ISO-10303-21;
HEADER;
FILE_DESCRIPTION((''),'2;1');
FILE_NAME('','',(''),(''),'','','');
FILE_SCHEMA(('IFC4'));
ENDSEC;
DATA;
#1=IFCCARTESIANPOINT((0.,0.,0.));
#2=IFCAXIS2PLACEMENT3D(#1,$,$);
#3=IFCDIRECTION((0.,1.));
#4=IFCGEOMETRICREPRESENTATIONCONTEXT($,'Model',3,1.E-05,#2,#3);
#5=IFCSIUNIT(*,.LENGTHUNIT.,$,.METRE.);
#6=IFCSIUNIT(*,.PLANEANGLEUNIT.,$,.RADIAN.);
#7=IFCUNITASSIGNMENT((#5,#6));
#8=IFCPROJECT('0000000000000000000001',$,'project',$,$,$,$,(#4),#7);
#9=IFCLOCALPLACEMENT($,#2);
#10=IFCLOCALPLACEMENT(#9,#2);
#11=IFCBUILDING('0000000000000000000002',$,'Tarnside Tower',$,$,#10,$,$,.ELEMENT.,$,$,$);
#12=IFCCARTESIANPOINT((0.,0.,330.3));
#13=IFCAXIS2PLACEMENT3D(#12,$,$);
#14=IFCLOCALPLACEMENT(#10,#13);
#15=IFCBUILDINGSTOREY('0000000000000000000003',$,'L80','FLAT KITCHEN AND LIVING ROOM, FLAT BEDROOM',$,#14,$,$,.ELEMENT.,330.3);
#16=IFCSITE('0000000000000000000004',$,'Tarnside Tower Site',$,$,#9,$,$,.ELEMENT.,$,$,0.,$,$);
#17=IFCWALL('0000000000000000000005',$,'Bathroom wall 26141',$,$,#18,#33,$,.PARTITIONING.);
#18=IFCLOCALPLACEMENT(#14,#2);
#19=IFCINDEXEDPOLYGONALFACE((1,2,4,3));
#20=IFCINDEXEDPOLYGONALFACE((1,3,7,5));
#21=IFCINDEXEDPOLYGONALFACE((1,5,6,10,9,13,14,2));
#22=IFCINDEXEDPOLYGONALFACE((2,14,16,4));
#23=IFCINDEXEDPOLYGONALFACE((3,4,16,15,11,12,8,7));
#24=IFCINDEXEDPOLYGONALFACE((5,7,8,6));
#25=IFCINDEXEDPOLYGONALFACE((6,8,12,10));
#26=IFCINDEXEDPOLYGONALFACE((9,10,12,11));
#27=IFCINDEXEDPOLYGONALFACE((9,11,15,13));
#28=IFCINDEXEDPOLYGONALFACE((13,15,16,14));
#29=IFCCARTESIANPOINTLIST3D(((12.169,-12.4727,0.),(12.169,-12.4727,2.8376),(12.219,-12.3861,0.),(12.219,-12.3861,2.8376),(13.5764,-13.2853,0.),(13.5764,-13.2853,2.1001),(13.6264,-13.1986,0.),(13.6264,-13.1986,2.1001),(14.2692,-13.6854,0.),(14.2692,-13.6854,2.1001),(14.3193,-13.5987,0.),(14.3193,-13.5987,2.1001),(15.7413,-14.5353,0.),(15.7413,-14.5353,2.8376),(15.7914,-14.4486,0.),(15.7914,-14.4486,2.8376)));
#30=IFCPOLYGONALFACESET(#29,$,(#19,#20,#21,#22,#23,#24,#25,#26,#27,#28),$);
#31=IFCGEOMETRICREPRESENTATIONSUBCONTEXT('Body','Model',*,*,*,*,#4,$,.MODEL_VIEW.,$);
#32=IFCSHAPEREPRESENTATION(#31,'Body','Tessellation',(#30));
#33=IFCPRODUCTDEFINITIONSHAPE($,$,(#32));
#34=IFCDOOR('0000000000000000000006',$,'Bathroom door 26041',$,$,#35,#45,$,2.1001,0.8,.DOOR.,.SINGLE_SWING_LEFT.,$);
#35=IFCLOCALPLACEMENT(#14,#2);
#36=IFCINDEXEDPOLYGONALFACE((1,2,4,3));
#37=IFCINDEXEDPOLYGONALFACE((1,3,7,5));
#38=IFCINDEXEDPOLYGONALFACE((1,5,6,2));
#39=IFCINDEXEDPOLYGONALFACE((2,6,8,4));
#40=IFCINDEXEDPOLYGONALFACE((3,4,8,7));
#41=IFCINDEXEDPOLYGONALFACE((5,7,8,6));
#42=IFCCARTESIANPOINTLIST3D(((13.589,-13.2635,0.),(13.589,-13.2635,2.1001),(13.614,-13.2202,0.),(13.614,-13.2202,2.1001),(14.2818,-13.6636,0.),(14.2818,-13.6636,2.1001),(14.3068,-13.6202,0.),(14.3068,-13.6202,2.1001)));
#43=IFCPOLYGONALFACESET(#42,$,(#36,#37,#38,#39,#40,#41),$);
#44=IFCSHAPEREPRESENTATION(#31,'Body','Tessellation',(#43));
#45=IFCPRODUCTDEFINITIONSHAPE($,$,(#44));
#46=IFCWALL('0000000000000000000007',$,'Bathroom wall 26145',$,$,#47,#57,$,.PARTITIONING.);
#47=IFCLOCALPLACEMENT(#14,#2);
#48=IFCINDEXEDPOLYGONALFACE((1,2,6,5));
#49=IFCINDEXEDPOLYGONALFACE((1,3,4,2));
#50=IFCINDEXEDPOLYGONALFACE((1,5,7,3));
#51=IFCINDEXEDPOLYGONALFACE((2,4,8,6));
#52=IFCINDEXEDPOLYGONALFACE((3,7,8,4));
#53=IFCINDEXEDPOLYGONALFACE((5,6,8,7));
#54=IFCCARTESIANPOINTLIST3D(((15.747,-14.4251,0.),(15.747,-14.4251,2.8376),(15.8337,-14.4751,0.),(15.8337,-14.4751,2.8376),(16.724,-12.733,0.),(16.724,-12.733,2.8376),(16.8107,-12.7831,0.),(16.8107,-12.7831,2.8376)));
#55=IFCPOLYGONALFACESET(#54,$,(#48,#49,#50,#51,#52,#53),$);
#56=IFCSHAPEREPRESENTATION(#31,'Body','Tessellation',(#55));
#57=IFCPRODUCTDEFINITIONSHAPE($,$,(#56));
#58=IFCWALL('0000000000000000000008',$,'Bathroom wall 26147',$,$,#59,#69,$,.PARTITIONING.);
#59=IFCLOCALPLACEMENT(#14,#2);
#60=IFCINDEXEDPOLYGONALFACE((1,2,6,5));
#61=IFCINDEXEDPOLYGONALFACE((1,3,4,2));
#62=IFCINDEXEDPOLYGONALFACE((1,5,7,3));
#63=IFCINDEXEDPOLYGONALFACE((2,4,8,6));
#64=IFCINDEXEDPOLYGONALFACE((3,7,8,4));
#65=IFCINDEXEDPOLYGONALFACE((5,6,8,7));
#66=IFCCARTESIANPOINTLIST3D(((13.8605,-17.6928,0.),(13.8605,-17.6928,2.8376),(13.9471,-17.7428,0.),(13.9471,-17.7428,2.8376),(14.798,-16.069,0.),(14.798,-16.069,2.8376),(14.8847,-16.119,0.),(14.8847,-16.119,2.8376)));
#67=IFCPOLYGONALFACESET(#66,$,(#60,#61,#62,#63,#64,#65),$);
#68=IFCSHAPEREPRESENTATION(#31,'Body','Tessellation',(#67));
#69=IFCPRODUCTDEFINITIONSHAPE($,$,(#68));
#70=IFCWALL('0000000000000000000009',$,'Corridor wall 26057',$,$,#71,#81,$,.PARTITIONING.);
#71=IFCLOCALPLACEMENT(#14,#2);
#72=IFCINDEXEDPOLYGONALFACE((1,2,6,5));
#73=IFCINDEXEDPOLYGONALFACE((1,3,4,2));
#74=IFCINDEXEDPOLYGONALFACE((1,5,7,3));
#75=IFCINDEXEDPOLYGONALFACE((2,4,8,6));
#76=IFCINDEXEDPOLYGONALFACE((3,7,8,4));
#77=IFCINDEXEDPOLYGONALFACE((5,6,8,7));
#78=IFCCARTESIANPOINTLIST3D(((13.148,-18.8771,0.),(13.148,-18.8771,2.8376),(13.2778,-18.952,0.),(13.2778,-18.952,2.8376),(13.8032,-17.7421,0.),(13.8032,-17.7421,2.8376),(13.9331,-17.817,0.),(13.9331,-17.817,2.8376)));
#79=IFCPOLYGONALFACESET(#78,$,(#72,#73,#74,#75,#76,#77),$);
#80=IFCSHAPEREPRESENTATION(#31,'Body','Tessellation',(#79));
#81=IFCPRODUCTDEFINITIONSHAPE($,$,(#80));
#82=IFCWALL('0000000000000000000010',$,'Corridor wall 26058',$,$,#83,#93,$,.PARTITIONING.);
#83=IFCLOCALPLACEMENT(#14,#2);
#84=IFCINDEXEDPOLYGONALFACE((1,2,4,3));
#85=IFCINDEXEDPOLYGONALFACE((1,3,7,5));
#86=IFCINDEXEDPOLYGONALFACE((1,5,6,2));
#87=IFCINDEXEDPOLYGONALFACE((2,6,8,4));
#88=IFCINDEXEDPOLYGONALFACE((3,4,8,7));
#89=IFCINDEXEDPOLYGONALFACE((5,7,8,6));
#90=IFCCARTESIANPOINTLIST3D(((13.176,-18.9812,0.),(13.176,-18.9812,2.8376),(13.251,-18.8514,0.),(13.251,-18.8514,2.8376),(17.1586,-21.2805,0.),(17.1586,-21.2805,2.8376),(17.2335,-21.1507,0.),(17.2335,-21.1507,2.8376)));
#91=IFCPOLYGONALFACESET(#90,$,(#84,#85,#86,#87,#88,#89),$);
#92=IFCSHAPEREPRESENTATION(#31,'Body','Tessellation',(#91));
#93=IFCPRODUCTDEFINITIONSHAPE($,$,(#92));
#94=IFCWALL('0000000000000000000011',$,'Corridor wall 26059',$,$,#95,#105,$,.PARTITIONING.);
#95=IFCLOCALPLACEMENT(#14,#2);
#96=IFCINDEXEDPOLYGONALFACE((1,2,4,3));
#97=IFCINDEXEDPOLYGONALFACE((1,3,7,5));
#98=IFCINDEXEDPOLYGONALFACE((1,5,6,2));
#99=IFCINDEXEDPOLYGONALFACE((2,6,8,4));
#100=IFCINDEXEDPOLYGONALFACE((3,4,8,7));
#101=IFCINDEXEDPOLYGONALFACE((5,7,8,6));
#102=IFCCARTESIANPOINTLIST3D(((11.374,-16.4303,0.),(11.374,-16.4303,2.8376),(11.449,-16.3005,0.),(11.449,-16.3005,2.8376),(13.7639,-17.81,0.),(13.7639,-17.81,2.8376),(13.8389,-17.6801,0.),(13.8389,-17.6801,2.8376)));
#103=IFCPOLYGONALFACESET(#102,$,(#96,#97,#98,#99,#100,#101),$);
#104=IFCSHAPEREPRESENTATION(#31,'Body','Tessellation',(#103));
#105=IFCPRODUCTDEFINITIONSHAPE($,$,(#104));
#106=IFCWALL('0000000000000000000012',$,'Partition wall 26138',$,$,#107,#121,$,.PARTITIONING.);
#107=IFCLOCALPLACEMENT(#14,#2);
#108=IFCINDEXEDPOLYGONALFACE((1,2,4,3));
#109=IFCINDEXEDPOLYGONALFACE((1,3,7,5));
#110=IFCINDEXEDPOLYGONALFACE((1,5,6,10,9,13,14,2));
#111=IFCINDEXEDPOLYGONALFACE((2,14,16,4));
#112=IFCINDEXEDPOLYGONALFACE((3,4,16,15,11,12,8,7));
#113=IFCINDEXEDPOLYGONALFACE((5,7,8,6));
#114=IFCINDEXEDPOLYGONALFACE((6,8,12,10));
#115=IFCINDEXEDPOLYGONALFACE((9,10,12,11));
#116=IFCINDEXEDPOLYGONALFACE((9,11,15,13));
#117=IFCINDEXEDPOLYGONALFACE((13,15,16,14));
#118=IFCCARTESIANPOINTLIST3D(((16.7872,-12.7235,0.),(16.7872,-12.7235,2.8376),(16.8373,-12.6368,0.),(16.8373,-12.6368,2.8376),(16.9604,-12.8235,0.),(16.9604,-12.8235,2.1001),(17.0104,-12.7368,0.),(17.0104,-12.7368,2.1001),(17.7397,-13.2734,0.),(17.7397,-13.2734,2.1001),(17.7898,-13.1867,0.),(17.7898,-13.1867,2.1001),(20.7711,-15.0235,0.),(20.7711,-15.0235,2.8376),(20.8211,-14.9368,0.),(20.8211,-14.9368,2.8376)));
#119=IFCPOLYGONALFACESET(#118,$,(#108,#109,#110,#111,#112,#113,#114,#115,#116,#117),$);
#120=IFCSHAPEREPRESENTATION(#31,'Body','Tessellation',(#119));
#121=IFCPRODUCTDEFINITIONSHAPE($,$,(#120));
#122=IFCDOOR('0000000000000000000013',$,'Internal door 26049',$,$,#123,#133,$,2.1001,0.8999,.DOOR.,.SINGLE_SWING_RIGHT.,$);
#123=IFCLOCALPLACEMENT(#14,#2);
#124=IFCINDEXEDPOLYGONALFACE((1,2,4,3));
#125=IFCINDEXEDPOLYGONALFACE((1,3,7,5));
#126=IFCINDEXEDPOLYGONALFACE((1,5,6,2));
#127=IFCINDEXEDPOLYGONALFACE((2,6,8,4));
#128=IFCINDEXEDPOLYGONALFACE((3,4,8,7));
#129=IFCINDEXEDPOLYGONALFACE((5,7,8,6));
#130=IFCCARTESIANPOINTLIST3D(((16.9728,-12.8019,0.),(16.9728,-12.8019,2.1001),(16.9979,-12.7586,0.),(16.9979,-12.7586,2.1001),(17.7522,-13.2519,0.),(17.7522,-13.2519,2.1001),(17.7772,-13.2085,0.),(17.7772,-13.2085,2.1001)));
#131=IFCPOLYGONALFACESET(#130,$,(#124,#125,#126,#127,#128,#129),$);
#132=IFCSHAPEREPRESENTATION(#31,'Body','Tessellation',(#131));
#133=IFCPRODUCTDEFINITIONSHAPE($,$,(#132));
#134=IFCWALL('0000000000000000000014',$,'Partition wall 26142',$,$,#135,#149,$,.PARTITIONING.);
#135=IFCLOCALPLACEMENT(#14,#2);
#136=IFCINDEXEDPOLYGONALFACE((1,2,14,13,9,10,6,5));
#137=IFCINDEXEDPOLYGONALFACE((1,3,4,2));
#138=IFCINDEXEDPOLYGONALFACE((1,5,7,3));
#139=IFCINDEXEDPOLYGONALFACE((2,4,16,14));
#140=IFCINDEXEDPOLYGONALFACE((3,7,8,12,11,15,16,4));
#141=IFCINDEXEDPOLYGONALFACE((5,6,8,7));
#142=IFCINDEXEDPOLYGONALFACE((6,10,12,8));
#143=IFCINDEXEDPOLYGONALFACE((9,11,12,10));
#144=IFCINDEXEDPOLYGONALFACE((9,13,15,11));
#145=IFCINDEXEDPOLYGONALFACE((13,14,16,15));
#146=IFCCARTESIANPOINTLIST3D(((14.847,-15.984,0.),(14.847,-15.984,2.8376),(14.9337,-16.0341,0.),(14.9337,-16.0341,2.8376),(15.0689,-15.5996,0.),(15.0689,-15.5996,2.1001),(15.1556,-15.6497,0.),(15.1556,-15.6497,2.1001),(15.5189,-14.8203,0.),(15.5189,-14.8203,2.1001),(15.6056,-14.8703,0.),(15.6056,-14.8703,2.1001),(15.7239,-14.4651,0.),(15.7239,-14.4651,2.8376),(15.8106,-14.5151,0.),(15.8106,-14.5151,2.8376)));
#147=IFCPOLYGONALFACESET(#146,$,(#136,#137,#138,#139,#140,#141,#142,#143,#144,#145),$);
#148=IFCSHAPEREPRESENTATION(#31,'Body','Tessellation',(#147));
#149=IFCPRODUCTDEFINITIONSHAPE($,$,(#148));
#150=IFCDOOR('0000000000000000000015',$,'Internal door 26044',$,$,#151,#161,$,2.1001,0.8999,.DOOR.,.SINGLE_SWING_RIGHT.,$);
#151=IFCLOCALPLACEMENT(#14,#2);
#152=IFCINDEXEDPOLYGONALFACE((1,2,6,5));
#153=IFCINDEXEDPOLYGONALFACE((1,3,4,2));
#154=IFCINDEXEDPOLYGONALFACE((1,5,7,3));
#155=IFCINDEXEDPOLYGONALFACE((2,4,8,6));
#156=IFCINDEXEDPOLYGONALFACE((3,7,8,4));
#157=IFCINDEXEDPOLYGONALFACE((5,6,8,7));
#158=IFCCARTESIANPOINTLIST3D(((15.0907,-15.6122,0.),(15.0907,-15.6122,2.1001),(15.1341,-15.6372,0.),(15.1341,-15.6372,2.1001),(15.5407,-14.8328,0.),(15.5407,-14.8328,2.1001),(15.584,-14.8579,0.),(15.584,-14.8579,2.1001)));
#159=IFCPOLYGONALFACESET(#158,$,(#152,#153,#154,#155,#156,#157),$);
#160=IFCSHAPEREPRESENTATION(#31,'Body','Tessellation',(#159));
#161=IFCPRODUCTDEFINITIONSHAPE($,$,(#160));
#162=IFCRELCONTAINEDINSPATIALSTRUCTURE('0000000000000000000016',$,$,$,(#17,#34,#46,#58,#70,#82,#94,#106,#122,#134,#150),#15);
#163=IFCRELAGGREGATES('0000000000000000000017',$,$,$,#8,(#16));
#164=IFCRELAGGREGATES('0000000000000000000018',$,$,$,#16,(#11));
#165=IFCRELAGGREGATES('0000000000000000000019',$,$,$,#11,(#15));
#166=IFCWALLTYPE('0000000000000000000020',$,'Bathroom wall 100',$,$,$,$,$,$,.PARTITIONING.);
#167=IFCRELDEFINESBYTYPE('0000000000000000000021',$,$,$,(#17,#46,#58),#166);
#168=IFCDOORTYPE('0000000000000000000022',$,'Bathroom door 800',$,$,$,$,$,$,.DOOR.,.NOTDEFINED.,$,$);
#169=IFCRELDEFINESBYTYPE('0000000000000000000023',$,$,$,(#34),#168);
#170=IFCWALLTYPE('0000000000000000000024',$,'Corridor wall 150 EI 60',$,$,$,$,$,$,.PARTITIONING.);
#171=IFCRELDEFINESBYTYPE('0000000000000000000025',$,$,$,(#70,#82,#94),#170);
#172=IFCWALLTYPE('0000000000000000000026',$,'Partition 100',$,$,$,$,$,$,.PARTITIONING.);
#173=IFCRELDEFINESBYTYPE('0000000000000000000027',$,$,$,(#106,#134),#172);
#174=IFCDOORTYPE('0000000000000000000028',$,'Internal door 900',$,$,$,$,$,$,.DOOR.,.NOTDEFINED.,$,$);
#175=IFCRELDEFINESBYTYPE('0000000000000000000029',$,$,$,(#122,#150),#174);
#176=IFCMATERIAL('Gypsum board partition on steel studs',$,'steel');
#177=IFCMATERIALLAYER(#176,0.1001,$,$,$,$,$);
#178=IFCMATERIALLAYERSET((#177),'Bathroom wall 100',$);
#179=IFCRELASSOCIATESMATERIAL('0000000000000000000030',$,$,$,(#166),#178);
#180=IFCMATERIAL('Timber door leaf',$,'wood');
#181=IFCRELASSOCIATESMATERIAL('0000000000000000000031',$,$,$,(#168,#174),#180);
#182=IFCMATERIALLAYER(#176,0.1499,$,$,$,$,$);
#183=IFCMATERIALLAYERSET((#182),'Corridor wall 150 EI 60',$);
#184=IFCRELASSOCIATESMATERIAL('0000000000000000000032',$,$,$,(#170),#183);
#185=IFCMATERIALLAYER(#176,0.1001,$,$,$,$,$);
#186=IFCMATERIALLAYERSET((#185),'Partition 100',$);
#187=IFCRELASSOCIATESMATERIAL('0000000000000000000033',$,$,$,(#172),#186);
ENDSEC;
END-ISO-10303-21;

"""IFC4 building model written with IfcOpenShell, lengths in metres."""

from ifc_helpers import new_model, si_unit, direction, frame, frame_2d, origin, place, context, subcontext, project, spatial, rectangle, extrude, material, layer, layer_set, type_object, element, fill, save


model = new_model("IFC4")

# Units and contexts
model_context = context("Model", 3, precision=1e-05, world=origin(), true_north=direction((0.0, 1.0)))
body_context = subcontext(model_context, "Body", "Model", "MODEL_VIEW")
ifc_project = project(units=[si_unit("LENGTHUNIT", "METRE"), si_unit("PLANEANGLEUNIT", "RADIAN")], contexts=[model_context])

# Site, building, storey
site_placement = place(None, origin())
site = spatial("IfcSite", under=ifc_project, at=site_placement, Name="Tarnside Tower Site", CompositionType="ELEMENT", RefElevation=0.0)
building_placement = place(site_placement, origin())
building = spatial("IfcBuilding", under=site, at=building_placement, Name="Tarnside Tower", CompositionType="ELEMENT")
storey_placement = place(building_placement, frame((0.0, 0.0, 330.3)))
storey = spatial("IfcBuildingStorey", under=building, at=storey_placement, Name="L80", Description="FLAT KITCHEN AND LIVING ROOM, FLAT BEDROOM", CompositionType="ELEMENT", Elevation=330.3)

# Wall, opening, door
ifc_material_1 = material(Name="Gypsum board partition on steel studs", Category="steel")
ifc_layer_1 = layer(ifc_material_1, 0.1001)
ifc_layer_set_1 = layer_set([ifc_layer_1], Name="Bathroom wall 100")
wall_type_1 = type_object("IfcWallType", Name="Bathroom wall 100", PredefinedType="PARTITIONING", material=ifc_layer_set_1)
wall_1_placement = place(storey_placement, frame((15.7664, -14.4919, 0.0), z_axis=(0.0, 0.0, 1.0), x_axis=(-0.86602, 0.500009, 0.0)))
wall_1 = element("IfcWall", 1, at=wall_1_placement, inside=storey, type_object=wall_type_1, Name="Bathroom wall 26141", PredefinedType="PARTITIONING", context=body_context, shape_type="SweptSolid", body=[
    extrude(rectangle(XDim=4.125, YDim=0.1001, at=frame_2d((2.0625, 0.0))), origin(), (0.0, 0.0, 1.0), 2.8376),
])
opening_1_placement = place(wall_1_placement, frame((1.7, 0.0, 0.0)))
opening_1 = element("IfcOpeningElement", 2, at=opening_1_placement, cuts=wall_1, PredefinedType="OPENING", context=body_context, shape_type="SweptSolid", body=[
    extrude(rectangle(XDim=0.8, YDim=2.1001, at=frame_2d((0.3999, 1.05))), frame((0.0, 0.0601, 0.0), z_axis=(0.0, -1.0, 0.0), x_axis=(1.0, 0.0, 0.0)), (0.0, 0.0, 1.0), 0.1201),
])
ifc_material_2 = material(Name="Timber door leaf", Category="wood")
door_type_1 = type_object("IfcDoorType", Name="Bathroom door 800", OperationType="NOTDEFINED", PredefinedType="DOOR", material=ifc_material_2)
door_1_placement = place(opening_1_placement, origin())
door_1 = element("IfcDoor", 3, at=door_1_placement, inside=storey, type_object=door_type_1, Name="Bathroom door 26041", OperationType="SINGLE_SWING_LEFT", OverallHeight=2.1001, OverallWidth=0.8, PredefinedType="DOOR", context=body_context, shape_type="SweptSolid", body=[
    extrude(rectangle(XDim=0.8, YDim=2.1001, at=frame_2d((0.3999, 1.05))), frame((0.0, 0.0249, 0.0), z_axis=(0.0, -1.0, 0.0), x_axis=(1.0, 0.0, 0.0)), (0.0, 0.0, 1.0), 0.05),
])
fill(opening_1, door_1)

# Walls
wall_2_placement = place(storey_placement, frame((15.7903, -14.4502, 0.0), z_axis=(0.0, 0.0, 1.0), x_axis=(0.500036, 0.866005, 0.0)))
element("IfcWall", 4, at=wall_2_placement, inside=storey, type_object=wall_type_1, Name="Bathroom wall 26145", PredefinedType="PARTITIONING", context=body_context, shape_type="SweptSolid", body=[
    extrude(rectangle(XDim=1.9539, YDim=0.1001, at=frame_2d((0.9771, 0.0))), origin(), (0.0, 0.0, 1.0), 2.8376),
])
wall_3_placement = place(storey_placement, frame((14.8413, -16.094, 0.0), z_axis=(0.0, 0.0, 1.0), x_axis=(-0.500004, -0.866023, 0.0)))
element("IfcWall", 5, at=wall_3_placement, inside=storey, type_object=wall_type_1, Name="Bathroom wall 26147", PredefinedType="PARTITIONING", context=body_context, shape_type="SweptSolid", body=[
    extrude(rectangle(XDim=1.875, YDim=0.1001, at=frame_2d((0.9375, 0.0))), origin(), (0.0, 0.0, 1.0), 2.8376),
])
ifc_layer_2 = layer(ifc_material_1, 0.1499)
ifc_layer_set_2 = layer_set([ifc_layer_2], Name="Corridor wall 150 EI 60")
wall_type_2 = type_object("IfcWallType", Name="Corridor wall 150 EI 60", PredefinedType="PARTITIONING", material=ifc_layer_set_2)
wall_4_placement = place(storey_placement, frame((13.2129, -18.9146, 0.0), z_axis=(0.0, 0.0, 1.0), x_axis=(0.499986, 0.866034, 0.0)))
element("IfcWall", 6, at=wall_4_placement, inside=storey, type_object=wall_type_2, Name="Corridor wall 26057", PredefinedType="PARTITIONING", context=body_context, shape_type="SweptSolid", body=[
    extrude(rectangle(XDim=1.3105, YDim=0.1499, at=frame_2d((0.6553, 0.0))), origin(), (0.0, 0.0, 1.0), 2.8376),
])
wall_5_placement = place(storey_placement, frame((17.196, -21.2156, 0.0), z_axis=(0.0, 0.0, 1.0), x_axis=(-0.866033, 0.499987, 0.0)))
element("IfcWall", 7, at=wall_5_placement, inside=storey, type_object=wall_type_2, Name="Corridor wall 26058", PredefinedType="PARTITIONING", context=body_context, shape_type="SweptSolid", body=[
    extrude(rectangle(XDim=4.5986, YDim=0.1499, at=frame_2d((2.2993, 0.0))), origin(), (0.0, 0.0, 1.0), 2.8376),
])
wall_6_placement = place(storey_placement, frame((13.8015, -17.7451, 0.0), z_axis=(0.0, 0.0, 1.0), x_axis=(-0.866052, 0.499955, 0.0)))
element("IfcWall", 8, at=wall_6_placement, inside=storey, type_object=wall_type_2, Name="Corridor wall 26059", PredefinedType="PARTITIONING", context=body_context, shape_type="SweptSolid", body=[
    extrude(rectangle(XDim=2.7595, YDim=0.1499, at=frame_2d((1.3799, 0.0))), origin(), (0.0, 0.0, 1.0), 2.8376),
])

# Walls, openings, doors
ifc_layer_3 = layer(ifc_material_1, 0.1001)
ifc_layer_set_3 = layer_set([ifc_layer_3], Name="Partition 100")
wall_type_3 = type_object("IfcWallType", Name="Partition 100", PredefinedType="PARTITIONING", material=ifc_layer_set_3)
wall_7_placement = place(storey_placement, frame((16.8123, -12.6802, 0.0), z_axis=(0.0, 0.0, 1.0), x_axis=(0.86603, -0.499992, 0.0)))
wall_7 = element("IfcWall", 9, at=wall_7_placement, inside=storey, type_object=wall_type_3, Name="Partition wall 26138", PredefinedType="PARTITIONING", context=body_context, shape_type="SweptSolid", body=[
    extrude(rectangle(XDim=4.6001, YDim=0.1001, at=frame_2d((2.3, 0.0))), origin(), (0.0, 0.0, 1.0), 2.8376),
])
opening_2_placement = place(wall_7_placement, frame((0.2, 0.0, 0.0)))
opening_2 = element("IfcOpeningElement", 10, at=opening_2_placement, cuts=wall_7, PredefinedType="OPENING", context=body_context, shape_type="SweptSolid", body=[
    extrude(rectangle(XDim=0.8999, YDim=2.1001, at=frame_2d((0.45, 1.05))), frame((0.0, 0.0601, 0.0), z_axis=(0.0, -1.0, 0.0), x_axis=(1.0, 0.0, 0.0)), (0.0, 0.0, 1.0), 0.1201),
])
door_type_2 = type_object("IfcDoorType", Name="Internal door 900", OperationType="NOTDEFINED", PredefinedType="DOOR", material=ifc_material_2)
door_2_placement = place(opening_2_placement, origin())
door_2 = element("IfcDoor", 11, at=door_2_placement, inside=storey, type_object=door_type_2, Name="Internal door 26049", OperationType="SINGLE_SWING_RIGHT", OverallHeight=2.1001, OverallWidth=0.8999, PredefinedType="DOOR", context=body_context, shape_type="SweptSolid", body=[
    extrude(rectangle(XDim=0.8999, YDim=2.1001, at=frame_2d((0.45, 1.05))), frame((0.0, 0.0249, 0.0), z_axis=(0.0, -1.0, 0.0), x_axis=(1.0, 0.0, 0.0)), (0.0, 0.0, 1.0), 0.05),
])
fill(opening_2, door_2)
wall_8_placement = place(storey_placement, frame((14.8904, -16.009, 0.0), z_axis=(0.0, 0.0, 1.0), x_axis=(0.499971, 0.866042, 0.0)))
wall_8 = element("IfcWall", 12, at=wall_8_placement, inside=storey, type_object=wall_type_3, Name="Partition wall 26142", PredefinedType="PARTITIONING", context=body_context, shape_type="SweptSolid", body=[
    extrude(rectangle(XDim=1.7539, YDim=0.1001, at=frame_2d((0.877, 0.0))), origin(), (0.0, 0.0, 1.0), 2.8376),
])
opening_3_placement = place(wall_8_placement, frame((0.4438, 0.0, 0.0)))
opening_3 = element("IfcOpeningElement", 13, at=opening_3_placement, cuts=wall_8, PredefinedType="OPENING", context=body_context, shape_type="SweptSolid", body=[
    extrude(rectangle(XDim=0.8999, YDim=2.1001, at=frame_2d((0.45, 1.05))), frame((0.0, 0.0601, 0.0), z_axis=(0.0, -1.0, 0.0), x_axis=(1.0, 0.0, 0.0)), (0.0, 0.0, 1.0), 0.1201),
])
door_3_placement = place(opening_3_placement, origin())
door_3 = element("IfcDoor", 14, at=door_3_placement, inside=storey, type_object=door_type_2, Name="Internal door 26044", OperationType="SINGLE_SWING_RIGHT", OverallHeight=2.1001, OverallWidth=0.8999, PredefinedType="DOOR", context=body_context, shape_type="SweptSolid", body=[
    extrude(rectangle(XDim=0.8999, YDim=2.1001, at=frame_2d((0.45, 1.05))), frame((0.0, 0.0249, 0.0), z_axis=(0.0, -1.0, 0.0), x_axis=(1.0, 0.0, 0.0)), (0.0, 0.0, 1.0), 0.05),
])
fill(opening_3, door_3)

save(model, "model.ifc")
